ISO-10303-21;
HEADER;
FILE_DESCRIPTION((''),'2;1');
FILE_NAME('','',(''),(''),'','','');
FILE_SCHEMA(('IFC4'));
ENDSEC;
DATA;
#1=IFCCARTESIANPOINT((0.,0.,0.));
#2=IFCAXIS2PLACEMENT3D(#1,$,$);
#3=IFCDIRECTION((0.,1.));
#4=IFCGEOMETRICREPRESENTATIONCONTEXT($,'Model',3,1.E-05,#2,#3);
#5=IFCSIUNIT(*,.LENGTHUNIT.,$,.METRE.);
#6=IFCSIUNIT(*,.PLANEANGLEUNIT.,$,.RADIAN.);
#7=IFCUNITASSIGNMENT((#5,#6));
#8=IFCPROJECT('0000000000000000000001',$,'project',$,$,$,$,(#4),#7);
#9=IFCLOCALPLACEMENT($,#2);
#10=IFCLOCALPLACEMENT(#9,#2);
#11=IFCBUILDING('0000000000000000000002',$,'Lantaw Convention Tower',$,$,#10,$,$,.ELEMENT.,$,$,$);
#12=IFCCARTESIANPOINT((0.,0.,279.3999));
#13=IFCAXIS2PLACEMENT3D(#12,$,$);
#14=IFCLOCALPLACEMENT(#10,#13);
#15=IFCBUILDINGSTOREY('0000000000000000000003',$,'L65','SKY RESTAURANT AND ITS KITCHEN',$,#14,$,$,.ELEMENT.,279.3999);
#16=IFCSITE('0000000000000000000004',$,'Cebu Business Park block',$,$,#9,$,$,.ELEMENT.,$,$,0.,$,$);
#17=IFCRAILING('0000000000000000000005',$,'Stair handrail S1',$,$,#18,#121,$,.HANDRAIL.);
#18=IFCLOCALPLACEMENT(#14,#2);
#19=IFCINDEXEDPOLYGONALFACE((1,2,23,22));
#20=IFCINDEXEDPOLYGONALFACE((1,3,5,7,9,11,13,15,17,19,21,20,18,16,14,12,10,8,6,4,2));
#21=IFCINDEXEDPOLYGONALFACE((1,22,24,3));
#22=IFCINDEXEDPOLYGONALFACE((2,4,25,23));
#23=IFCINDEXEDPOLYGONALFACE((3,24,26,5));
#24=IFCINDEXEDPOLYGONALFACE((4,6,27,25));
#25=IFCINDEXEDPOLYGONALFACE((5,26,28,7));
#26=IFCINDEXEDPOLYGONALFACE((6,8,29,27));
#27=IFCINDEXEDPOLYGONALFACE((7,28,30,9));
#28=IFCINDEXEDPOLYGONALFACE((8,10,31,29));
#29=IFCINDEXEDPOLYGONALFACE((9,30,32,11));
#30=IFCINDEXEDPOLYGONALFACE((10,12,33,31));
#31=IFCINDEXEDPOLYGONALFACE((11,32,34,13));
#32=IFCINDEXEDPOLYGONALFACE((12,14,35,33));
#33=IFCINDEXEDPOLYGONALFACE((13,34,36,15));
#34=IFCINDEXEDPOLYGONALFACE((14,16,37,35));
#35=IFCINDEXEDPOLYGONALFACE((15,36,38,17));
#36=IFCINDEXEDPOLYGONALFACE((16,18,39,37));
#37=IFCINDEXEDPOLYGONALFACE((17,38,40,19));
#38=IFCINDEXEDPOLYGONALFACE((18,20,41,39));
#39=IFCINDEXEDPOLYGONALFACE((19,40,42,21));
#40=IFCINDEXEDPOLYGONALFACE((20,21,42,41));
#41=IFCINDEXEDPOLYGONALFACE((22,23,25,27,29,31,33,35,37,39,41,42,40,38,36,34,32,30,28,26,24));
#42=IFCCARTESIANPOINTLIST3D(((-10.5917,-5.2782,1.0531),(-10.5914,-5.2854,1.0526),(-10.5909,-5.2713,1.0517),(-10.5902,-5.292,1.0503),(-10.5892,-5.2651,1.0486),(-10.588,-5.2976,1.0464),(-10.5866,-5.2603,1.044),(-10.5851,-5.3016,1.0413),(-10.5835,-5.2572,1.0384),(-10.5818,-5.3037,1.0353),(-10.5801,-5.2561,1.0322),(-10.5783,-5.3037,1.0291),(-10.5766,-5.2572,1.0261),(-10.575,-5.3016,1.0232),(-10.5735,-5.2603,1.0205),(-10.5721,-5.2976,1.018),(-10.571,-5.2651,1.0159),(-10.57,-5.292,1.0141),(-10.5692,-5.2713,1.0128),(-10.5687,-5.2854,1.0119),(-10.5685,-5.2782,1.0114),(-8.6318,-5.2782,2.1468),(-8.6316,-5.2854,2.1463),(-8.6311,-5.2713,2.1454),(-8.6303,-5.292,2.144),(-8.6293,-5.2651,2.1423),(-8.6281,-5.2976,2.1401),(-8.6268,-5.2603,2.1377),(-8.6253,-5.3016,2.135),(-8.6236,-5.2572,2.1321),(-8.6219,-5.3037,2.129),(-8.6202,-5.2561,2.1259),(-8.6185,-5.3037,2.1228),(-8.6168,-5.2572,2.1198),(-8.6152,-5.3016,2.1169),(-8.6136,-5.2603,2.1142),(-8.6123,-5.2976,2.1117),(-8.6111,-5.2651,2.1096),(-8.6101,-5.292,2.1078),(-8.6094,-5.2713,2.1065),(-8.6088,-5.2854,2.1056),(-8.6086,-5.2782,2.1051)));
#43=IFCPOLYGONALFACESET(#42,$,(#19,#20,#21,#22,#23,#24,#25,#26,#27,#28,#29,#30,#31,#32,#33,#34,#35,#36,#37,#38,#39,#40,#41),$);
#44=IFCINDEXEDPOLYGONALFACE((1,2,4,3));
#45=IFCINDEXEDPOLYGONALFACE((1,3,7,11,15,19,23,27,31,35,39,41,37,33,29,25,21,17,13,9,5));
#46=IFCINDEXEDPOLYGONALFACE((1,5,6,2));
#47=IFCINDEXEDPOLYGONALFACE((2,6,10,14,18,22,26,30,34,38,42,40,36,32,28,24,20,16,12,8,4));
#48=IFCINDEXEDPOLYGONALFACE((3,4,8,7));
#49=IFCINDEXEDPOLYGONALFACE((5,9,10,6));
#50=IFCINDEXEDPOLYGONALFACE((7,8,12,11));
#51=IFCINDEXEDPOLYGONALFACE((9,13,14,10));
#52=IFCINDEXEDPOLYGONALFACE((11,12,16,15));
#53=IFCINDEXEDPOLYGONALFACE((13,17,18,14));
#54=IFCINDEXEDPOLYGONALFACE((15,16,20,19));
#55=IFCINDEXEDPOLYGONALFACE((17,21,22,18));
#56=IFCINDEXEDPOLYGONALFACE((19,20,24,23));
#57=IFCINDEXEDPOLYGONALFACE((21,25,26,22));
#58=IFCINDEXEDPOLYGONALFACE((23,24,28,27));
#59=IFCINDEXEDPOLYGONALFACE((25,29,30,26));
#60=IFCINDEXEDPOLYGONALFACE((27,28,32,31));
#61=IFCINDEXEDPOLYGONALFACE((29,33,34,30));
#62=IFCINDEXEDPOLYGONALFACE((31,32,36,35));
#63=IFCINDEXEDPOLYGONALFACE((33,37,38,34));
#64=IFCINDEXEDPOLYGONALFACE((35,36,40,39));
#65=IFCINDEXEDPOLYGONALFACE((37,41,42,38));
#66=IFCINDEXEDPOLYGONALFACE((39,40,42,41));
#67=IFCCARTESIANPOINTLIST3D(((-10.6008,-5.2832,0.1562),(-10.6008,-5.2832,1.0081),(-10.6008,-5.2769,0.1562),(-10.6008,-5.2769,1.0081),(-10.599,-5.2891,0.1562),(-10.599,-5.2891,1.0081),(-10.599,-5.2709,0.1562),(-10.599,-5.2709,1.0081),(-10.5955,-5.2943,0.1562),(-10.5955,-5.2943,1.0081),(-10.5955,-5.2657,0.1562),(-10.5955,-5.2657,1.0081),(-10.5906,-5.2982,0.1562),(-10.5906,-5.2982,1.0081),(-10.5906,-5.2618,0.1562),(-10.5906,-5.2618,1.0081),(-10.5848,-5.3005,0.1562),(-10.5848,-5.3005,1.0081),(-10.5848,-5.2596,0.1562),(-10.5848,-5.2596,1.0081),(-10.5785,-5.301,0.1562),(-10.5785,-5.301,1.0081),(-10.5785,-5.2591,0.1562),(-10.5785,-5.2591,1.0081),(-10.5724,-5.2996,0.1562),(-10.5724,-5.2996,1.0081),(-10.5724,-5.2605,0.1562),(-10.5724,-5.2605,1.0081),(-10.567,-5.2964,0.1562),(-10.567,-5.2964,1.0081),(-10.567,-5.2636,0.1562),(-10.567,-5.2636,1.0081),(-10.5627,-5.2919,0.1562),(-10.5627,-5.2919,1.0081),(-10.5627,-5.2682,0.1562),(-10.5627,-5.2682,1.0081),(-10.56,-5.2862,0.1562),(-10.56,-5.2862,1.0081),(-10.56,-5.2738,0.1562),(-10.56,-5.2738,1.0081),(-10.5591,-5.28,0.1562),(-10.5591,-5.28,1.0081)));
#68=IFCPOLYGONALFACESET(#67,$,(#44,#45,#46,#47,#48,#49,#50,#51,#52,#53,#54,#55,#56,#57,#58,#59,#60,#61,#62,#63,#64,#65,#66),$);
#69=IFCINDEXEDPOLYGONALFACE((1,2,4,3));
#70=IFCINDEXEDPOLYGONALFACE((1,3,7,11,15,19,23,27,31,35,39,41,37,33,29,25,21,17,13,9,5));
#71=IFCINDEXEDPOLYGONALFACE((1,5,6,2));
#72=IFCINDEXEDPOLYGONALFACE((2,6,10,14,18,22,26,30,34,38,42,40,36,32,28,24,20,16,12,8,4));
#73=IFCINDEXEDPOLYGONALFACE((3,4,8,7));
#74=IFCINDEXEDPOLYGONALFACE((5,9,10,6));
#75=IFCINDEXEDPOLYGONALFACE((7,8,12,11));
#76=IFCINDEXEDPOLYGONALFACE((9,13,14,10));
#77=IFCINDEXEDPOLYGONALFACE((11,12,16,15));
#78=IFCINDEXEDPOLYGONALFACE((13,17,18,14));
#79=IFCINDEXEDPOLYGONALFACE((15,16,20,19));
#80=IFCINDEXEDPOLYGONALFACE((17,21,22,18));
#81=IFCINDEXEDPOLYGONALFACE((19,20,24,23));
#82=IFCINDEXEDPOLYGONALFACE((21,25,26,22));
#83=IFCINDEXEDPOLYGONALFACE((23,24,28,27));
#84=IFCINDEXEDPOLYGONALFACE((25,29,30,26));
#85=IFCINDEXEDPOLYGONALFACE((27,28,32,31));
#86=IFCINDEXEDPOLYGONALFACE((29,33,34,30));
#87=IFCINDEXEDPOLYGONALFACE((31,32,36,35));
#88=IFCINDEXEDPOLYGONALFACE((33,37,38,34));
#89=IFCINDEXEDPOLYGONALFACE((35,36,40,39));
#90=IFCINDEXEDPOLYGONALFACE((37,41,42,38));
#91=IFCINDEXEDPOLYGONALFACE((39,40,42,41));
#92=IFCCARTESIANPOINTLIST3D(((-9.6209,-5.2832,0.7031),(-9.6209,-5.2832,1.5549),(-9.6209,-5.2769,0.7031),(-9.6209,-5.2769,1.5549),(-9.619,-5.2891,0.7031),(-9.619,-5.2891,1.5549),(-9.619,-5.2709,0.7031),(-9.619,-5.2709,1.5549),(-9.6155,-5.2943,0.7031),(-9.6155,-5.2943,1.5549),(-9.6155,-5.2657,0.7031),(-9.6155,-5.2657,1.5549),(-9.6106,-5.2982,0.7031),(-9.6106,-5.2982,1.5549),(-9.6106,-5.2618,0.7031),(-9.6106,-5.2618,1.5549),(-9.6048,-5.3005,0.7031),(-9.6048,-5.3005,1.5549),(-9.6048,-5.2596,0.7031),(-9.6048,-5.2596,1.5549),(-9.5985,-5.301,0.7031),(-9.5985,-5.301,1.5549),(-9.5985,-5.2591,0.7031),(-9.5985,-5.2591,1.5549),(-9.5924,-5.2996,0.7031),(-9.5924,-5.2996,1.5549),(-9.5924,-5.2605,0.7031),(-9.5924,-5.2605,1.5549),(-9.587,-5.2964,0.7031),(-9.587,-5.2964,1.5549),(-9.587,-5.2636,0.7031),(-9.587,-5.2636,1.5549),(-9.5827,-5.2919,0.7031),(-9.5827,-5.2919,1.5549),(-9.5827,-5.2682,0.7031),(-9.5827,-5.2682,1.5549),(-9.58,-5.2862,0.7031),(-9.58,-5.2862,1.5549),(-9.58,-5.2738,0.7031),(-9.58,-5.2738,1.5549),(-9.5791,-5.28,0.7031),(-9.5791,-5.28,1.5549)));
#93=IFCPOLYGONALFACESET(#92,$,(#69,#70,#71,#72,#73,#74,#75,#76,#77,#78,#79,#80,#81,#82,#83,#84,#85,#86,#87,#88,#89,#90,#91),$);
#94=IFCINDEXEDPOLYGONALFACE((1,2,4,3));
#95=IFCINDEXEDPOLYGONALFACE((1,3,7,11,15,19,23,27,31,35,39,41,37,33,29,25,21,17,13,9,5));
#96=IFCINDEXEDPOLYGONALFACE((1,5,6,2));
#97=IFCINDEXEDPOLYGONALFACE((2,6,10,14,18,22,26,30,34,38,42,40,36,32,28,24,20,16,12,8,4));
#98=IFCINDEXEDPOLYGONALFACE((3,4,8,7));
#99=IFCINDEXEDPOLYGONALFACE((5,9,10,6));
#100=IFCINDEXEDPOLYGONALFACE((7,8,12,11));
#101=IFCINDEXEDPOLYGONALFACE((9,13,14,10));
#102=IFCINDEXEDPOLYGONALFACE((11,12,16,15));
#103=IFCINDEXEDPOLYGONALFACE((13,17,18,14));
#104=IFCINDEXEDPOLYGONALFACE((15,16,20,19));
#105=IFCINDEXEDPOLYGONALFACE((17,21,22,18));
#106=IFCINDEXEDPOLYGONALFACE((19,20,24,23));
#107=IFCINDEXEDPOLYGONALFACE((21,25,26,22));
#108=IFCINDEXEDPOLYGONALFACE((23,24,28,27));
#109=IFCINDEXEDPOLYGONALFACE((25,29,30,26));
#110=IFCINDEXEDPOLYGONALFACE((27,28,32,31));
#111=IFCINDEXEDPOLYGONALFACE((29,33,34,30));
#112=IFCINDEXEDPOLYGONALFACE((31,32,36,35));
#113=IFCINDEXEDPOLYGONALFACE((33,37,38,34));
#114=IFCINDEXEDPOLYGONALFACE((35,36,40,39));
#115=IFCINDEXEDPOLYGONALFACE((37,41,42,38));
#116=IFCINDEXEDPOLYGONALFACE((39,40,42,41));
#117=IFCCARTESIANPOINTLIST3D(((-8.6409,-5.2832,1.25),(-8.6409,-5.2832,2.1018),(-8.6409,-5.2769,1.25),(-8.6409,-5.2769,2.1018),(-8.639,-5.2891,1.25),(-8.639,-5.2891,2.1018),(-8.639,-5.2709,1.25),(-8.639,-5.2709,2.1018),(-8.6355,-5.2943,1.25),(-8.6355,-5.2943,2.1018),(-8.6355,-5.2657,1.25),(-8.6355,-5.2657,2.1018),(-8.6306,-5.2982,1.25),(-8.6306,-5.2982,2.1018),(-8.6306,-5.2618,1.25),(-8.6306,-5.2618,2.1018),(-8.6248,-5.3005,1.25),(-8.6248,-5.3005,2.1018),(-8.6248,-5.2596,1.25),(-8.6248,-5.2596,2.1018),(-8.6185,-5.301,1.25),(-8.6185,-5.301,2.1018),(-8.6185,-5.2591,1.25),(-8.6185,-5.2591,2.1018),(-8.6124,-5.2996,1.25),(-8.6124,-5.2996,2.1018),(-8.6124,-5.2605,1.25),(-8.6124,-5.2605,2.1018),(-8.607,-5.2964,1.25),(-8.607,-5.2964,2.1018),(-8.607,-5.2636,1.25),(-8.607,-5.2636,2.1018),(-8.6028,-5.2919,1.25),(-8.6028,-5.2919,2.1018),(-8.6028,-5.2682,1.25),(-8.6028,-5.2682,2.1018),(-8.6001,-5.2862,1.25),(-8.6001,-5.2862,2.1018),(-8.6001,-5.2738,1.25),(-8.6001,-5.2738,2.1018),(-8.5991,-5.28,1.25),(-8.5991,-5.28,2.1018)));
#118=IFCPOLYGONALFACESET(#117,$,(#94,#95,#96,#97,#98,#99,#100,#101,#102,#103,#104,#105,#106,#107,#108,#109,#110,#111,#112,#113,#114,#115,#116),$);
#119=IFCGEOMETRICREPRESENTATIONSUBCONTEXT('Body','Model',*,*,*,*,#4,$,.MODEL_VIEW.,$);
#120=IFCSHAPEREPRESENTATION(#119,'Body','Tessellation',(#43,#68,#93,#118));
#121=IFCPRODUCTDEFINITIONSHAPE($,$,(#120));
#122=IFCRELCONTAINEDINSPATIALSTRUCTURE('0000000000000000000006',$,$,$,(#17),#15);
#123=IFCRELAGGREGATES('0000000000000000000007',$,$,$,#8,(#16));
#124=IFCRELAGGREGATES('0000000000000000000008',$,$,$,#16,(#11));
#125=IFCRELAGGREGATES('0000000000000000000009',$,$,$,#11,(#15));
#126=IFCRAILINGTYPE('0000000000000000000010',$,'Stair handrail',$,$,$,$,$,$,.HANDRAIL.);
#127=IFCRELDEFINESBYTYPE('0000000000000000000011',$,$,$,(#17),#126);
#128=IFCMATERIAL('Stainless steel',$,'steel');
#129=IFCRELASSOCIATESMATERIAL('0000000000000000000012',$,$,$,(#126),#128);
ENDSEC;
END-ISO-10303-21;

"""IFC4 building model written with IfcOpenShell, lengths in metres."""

from ifc_helpers import new_model, si_unit, direction, frame, origin, origin_2d, place, context, subcontext, project, spatial, circle, extrude, material, type_object, element, save


model = new_model("IFC4")

# Units and contexts
model_context = context("Model", 3, precision=1e-05, world=origin(), true_north=direction((0.0, 1.0)))
body_context = subcontext(model_context, "Body", "Model", "MODEL_VIEW")
ifc_project = project(units=[si_unit("LENGTHUNIT", "METRE"), si_unit("PLANEANGLEUNIT", "RADIAN")], contexts=[model_context])

# Site, building, storey
site_placement = place(None, origin())
site = spatial("IfcSite", under=ifc_project, at=site_placement, Name="Cebu Business Park block", CompositionType="ELEMENT", RefElevation=0.0)
building_placement = place(site_placement, origin())
building = spatial("IfcBuilding", under=site, at=building_placement, Name="Lantaw Convention Tower", CompositionType="ELEMENT")
storey_placement = place(building_placement, frame((0.0, 0.0, 279.3999)))
storey = spatial("IfcBuildingStorey", under=building, at=storey_placement, Name="L65", Description="SKY RESTAURANT AND ITS KITCHEN", CompositionType="ELEMENT", Elevation=279.3999)

# Shared definitions
ifc_material_1 = material(Name="Stainless steel", Category="steel")

# Railing
railing_type = type_object("IfcRailingType", Name="Stair handrail", PredefinedType="HANDRAIL", material=ifc_material_1)
railing_1_placement = place(storey_placement, frame((-10.5801, -5.28, 0.1562)))
element("IfcRailing", 1, at=railing_1_placement, inside=storey, type_object=railing_type, Name="Stair handrail S1", PredefinedType="HANDRAIL", context=body_context, shape_type="SweptSolid", body=[
    extrude(circle(Radius=0.0239, at=origin_2d()), frame((0.0, 0.0, 0.876), z_axis=(0.873232, 0.0, 0.487304), x_axis=(0.0, 1.0, 0.0)), (0.0, 0.0, 1.0), 2.2444),
    extrude(circle(Radius=0.021, at=origin_2d()), origin(), (0.0, 0.0, 1.0), 0.8518),
    extrude(circle(Radius=0.021, at=origin_2d()), frame((0.98, 0.0, 0.5469)), (0.0, 0.0, 1.0), 0.8518),
    extrude(circle(Radius=0.021, at=origin_2d()), frame((1.96, 0.0, 1.0938)), (0.0, 0.0, 1.0), 0.8518),
])

save(model, "model.ifc")
